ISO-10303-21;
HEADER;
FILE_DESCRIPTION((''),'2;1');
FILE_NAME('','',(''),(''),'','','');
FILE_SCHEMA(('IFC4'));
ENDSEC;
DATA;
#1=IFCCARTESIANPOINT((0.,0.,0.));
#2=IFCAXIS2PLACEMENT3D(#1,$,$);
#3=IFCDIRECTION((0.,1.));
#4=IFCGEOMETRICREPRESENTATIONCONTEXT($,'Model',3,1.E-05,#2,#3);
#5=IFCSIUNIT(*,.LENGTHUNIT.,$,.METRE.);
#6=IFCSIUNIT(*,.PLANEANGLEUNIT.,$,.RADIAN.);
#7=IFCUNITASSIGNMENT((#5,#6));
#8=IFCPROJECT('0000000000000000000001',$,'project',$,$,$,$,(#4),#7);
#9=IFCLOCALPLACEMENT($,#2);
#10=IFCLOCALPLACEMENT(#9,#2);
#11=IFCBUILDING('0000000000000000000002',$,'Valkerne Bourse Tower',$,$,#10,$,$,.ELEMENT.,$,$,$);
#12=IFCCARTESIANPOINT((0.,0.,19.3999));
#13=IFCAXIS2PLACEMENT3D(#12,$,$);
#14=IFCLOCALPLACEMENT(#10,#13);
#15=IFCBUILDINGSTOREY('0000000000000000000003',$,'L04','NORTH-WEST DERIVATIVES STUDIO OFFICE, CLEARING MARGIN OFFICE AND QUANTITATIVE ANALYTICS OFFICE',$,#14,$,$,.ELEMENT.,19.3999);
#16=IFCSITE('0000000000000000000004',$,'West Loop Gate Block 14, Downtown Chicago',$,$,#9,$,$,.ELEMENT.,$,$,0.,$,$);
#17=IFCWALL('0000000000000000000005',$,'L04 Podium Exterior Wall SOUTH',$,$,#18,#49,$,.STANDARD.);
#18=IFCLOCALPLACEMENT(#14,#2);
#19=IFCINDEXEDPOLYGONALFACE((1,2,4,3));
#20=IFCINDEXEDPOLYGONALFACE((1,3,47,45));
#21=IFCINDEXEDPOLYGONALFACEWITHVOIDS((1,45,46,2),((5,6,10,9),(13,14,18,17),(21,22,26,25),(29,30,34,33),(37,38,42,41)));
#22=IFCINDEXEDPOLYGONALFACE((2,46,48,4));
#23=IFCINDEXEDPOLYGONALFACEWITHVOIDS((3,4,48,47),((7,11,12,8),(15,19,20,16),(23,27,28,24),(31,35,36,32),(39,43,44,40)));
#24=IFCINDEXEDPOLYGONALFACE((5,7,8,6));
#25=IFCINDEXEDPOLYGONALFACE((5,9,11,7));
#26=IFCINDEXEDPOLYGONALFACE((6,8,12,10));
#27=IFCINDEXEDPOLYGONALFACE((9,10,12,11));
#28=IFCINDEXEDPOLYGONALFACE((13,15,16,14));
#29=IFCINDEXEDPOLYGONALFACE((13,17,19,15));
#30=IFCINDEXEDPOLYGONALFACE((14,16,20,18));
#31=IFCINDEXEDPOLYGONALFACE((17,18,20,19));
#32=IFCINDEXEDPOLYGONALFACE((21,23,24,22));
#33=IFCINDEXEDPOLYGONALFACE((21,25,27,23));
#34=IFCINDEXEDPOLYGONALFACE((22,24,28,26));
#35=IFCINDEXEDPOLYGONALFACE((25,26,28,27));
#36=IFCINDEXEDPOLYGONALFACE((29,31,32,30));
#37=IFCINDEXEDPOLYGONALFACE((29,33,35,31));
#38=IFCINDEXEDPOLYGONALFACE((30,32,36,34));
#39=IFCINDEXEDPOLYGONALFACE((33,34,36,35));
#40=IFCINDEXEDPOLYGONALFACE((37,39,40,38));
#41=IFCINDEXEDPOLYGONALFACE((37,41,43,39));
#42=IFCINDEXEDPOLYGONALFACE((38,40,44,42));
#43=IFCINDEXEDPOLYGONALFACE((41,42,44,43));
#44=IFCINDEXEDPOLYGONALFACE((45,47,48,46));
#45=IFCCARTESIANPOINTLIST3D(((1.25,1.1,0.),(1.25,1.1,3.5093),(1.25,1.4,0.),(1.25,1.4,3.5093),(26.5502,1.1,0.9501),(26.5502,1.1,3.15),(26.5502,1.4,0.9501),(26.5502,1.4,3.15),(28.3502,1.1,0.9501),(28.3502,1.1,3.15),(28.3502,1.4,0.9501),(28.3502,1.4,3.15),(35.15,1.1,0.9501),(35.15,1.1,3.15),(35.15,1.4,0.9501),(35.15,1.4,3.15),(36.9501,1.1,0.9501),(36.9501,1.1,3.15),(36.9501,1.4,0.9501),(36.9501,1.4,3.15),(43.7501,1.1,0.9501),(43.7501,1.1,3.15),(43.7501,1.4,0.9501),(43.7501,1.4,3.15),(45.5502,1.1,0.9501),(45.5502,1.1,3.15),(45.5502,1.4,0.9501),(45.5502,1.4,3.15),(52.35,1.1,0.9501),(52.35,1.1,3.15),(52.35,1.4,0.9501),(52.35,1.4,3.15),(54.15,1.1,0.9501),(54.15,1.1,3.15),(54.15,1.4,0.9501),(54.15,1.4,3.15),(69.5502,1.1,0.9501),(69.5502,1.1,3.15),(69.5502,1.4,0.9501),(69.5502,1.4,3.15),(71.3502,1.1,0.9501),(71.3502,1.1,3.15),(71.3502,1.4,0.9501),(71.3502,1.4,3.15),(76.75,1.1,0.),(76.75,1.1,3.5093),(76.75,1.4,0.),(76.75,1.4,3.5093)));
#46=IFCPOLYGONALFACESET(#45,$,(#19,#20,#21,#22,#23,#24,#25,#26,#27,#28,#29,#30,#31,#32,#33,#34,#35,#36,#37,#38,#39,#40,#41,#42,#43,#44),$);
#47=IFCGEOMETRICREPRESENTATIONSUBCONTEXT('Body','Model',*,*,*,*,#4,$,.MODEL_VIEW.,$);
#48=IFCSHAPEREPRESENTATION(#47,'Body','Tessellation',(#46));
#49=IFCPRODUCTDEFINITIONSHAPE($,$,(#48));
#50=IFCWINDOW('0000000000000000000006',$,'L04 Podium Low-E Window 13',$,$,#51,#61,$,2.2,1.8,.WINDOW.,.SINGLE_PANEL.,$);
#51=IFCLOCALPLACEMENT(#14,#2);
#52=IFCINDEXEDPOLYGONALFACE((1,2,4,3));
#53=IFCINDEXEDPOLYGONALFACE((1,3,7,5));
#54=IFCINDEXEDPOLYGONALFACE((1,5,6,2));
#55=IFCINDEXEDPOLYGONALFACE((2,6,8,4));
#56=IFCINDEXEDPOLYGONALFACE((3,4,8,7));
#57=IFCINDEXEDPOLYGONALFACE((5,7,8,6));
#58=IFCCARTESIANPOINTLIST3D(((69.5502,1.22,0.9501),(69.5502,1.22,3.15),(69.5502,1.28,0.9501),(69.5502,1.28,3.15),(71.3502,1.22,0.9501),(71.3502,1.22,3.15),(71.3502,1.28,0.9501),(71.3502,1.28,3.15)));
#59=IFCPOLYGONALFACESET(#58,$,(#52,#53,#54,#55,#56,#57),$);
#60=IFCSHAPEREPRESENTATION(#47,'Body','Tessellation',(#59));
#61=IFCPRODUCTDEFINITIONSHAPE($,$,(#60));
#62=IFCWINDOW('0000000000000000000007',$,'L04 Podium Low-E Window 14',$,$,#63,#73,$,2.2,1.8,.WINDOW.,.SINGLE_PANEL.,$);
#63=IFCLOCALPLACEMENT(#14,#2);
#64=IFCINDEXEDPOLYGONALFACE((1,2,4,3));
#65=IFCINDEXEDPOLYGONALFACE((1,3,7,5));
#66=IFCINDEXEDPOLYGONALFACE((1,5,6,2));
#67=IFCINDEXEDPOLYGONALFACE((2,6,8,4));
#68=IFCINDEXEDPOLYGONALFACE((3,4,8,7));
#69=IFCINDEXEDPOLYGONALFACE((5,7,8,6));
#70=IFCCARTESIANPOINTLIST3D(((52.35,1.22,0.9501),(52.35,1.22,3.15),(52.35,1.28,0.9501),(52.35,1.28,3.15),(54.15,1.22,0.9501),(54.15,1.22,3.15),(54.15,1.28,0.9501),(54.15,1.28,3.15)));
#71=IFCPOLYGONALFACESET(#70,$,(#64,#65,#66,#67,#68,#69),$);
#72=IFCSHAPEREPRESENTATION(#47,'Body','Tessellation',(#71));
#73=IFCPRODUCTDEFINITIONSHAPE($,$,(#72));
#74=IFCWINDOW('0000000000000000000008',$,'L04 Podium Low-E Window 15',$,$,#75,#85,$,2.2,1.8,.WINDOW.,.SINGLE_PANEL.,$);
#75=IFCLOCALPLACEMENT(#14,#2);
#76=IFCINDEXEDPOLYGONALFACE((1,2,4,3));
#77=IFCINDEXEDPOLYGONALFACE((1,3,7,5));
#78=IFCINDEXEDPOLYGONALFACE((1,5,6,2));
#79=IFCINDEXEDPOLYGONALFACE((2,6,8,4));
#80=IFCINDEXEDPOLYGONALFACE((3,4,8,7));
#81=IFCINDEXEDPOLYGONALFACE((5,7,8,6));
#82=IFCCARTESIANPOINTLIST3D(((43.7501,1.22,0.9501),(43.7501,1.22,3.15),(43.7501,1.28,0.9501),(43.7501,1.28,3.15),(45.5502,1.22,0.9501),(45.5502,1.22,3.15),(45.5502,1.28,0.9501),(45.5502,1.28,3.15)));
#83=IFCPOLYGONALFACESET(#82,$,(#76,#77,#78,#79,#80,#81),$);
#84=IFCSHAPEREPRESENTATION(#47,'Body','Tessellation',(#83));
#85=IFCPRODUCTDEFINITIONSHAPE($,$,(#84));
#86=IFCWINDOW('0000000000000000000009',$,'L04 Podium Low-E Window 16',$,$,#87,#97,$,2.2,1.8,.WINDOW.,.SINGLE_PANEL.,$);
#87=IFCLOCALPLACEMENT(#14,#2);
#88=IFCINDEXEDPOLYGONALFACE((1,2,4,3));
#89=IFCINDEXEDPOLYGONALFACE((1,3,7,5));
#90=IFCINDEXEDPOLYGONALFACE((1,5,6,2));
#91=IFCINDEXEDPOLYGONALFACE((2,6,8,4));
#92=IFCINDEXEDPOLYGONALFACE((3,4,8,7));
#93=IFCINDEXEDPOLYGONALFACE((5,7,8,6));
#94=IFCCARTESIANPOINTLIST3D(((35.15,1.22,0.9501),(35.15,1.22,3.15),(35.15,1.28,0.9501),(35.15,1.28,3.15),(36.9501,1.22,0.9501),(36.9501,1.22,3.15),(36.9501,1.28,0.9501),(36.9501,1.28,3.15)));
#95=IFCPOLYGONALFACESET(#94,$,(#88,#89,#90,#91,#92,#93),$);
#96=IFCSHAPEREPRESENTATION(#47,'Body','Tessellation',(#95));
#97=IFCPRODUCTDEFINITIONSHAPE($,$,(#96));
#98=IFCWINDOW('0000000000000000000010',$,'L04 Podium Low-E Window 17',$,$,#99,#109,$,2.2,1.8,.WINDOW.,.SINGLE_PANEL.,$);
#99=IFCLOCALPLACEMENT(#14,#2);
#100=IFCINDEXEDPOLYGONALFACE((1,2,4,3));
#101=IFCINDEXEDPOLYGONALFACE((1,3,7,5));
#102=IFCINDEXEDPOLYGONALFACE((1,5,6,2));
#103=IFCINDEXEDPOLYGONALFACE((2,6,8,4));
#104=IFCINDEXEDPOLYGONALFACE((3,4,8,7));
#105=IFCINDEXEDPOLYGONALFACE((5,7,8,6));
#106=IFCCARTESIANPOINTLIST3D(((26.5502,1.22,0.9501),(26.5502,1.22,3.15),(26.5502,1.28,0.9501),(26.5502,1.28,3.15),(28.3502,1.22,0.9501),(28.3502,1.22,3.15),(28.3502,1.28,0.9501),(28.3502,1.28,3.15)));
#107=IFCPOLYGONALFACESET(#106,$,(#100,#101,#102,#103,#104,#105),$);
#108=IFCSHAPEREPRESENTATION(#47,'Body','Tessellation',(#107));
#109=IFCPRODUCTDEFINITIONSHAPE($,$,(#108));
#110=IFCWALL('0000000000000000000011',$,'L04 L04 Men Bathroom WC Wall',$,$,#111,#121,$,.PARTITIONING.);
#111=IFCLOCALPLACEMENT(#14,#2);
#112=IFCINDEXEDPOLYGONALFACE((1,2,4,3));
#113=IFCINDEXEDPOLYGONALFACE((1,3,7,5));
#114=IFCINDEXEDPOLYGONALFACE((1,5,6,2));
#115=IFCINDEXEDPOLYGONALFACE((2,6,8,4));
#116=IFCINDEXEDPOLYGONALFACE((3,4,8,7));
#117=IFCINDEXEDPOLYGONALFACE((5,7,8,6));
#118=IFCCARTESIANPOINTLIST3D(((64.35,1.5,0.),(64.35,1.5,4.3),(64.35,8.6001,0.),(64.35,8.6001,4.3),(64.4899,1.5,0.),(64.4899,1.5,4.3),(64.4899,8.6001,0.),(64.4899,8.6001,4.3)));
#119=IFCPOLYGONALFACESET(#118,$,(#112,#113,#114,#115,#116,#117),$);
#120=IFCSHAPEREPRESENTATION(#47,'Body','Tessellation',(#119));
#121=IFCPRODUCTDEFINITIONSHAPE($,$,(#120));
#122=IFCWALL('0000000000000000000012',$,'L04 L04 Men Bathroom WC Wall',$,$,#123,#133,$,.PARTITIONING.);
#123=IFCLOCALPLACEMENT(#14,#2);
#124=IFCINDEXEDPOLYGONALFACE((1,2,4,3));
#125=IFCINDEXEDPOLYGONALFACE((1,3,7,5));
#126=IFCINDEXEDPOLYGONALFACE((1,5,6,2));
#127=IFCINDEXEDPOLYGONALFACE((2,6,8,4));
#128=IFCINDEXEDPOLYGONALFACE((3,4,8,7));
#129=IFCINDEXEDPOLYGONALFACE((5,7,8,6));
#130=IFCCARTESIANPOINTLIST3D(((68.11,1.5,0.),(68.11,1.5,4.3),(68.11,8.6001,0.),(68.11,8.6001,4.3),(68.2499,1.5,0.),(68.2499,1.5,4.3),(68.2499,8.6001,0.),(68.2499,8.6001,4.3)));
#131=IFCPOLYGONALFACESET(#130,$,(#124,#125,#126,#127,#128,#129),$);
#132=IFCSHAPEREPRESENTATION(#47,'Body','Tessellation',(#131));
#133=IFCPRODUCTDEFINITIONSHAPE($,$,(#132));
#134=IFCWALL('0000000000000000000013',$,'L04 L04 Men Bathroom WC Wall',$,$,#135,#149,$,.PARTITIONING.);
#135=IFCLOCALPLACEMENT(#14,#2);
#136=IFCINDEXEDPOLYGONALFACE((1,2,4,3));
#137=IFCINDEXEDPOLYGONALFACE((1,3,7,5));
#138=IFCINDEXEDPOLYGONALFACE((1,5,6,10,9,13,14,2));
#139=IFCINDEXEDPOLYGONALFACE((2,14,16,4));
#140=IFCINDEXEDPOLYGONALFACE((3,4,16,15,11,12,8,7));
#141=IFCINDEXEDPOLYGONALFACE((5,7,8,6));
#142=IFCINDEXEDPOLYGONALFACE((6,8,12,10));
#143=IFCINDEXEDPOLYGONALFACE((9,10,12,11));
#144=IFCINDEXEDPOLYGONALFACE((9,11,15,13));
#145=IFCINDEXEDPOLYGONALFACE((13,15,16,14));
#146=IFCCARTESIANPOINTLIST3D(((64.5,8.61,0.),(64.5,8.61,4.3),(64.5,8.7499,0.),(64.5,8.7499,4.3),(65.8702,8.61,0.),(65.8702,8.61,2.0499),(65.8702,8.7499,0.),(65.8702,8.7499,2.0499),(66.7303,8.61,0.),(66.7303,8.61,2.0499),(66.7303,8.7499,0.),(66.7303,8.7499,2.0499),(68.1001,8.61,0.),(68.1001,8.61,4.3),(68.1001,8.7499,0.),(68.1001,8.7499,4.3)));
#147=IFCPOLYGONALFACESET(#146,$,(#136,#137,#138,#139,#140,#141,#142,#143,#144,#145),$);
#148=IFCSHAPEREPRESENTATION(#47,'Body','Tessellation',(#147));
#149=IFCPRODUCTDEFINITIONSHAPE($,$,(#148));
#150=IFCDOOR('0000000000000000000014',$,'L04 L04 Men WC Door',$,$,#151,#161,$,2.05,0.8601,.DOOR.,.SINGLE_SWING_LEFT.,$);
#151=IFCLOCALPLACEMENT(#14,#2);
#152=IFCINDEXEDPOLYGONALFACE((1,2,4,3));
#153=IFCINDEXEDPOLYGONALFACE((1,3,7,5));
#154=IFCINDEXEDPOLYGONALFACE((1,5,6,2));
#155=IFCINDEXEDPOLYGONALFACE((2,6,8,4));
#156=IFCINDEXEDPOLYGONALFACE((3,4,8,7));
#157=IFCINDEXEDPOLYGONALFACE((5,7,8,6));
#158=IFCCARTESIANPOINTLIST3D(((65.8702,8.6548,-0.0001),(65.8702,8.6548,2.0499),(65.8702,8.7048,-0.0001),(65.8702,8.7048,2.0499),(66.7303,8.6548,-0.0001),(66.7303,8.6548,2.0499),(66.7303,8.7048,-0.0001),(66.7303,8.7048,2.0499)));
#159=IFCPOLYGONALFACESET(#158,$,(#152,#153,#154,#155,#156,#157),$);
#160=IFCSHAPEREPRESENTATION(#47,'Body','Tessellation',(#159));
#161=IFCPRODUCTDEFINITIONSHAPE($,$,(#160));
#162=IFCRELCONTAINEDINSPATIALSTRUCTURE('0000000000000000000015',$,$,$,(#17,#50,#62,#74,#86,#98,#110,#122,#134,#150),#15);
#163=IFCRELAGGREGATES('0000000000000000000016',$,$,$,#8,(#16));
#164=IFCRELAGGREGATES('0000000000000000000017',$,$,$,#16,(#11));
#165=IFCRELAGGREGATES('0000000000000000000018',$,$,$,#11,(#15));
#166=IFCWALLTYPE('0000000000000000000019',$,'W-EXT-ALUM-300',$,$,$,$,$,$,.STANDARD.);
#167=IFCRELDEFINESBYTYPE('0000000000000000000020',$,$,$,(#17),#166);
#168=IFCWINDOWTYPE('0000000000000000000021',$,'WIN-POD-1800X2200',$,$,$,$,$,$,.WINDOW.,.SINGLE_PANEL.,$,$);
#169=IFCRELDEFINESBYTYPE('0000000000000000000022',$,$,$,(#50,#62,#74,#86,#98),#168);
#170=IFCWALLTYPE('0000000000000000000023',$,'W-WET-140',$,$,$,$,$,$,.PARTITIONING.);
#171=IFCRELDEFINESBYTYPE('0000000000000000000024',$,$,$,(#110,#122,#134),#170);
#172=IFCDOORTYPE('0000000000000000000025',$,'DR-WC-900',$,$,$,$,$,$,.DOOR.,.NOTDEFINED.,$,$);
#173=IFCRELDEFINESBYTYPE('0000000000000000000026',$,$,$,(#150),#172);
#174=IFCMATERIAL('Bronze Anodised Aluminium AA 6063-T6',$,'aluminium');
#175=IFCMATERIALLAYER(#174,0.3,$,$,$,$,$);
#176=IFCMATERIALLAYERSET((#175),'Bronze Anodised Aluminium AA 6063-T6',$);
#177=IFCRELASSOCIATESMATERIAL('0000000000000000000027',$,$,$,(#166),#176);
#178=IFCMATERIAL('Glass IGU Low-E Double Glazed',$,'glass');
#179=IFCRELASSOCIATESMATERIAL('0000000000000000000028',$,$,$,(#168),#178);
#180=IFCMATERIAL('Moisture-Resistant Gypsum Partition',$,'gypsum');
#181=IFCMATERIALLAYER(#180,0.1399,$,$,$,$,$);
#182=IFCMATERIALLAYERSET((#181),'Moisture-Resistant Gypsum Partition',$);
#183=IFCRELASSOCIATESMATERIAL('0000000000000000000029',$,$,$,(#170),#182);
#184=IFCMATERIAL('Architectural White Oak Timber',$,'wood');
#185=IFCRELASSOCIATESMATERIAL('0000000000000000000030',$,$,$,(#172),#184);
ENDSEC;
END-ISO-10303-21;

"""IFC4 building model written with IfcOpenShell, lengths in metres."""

from ifc_helpers import new_model, si_unit, direction, frame, frame_2d, origin, place, context, subcontext, project, spatial, rectangle, extrude, material, layer, layer_set, type_object, element, fill, save


model = new_model("IFC4")

# Units and contexts
model_context = context("Model", 3, precision=1e-05, world=origin(), true_north=direction((0.0, 1.0)))
body_context = subcontext(model_context, "Body", "Model", "MODEL_VIEW")
ifc_project = project(units=[si_unit("LENGTHUNIT", "METRE"), si_unit("PLANEANGLEUNIT", "RADIAN")], contexts=[model_context])

# Site, building, storey
site_placement = place(None, origin())
site = spatial("IfcSite", under=ifc_project, at=site_placement, Name="West Loop Gate Block 14, Downtown Chicago", CompositionType="ELEMENT", RefElevation=0.0)
building_placement = place(site_placement, origin())
building = spatial("IfcBuilding", under=site, at=building_placement, Name="Valkerne Bourse Tower", CompositionType="ELEMENT")
storey_placement = place(building_placement, frame((0.0, 0.0, 19.3999)))
storey = spatial("IfcBuildingStorey", under=building, at=storey_placement, Name="L04", Description="NORTH-WEST DERIVATIVES STUDIO OFFICE, CLEARING MARGIN OFFICE AND QUANTITATIVE ANALYTICS OFFICE", CompositionType="ELEMENT", Elevation=19.3999)

# Wall, openings, windows
ifc_material_1 = material(Name="Bronze Anodised Aluminium AA 6063-T6", Category="aluminium")
ifc_layer_1 = layer(ifc_material_1, 0.3)
ifc_layer_set_1 = layer_set([ifc_layer_1], Name="Bronze Anodised Aluminium AA 6063-T6")
wall_type_1 = type_object("IfcWallType", Name="W-EXT-ALUM-300", PredefinedType="STANDARD", material=ifc_layer_set_1)
wall_1_placement = place(storey_placement, frame((76.75, 1.25, 0.0), z_axis=(0.0, 0.0, 1.0), x_axis=(-1.0, 0.0, 0.0)))
wall_1 = element("IfcWall", 1, at=wall_1_placement, inside=storey, type_object=wall_type_1, Name="L04 Podium Exterior Wall SOUTH", PredefinedType="STANDARD", context=body_context, shape_type="SweptSolid", body=[
    extrude(rectangle(XDim=75.5, YDim=0.3, at=frame_2d((37.75, 0.0))), origin(), (0.0, 0.0, 1.0), 3.5093),
])
opening_1_placement = place(wall_1_placement, frame((5.3999, 0.0, 0.95)))
opening_1 = element("IfcOpeningElement", 2, at=opening_1_placement, cuts=wall_1, PredefinedType="OPENING", context=body_context, shape_type="SweptSolid", body=[
    extrude(rectangle(XDim=1.8, YDim=2.2, at=frame_2d((0.8999, 1.1001))), frame((0.0, 0.1599, 0.0), z_axis=(0.0, -1.0, 0.0), x_axis=(1.0, 0.0, 0.0)), (0.0, 0.0, 1.0), 0.3201),
])
opening_2_placement = place(wall_1_placement, frame((22.6001, 0.0, 0.95)))
opening_2 = element("IfcOpeningElement", 3, at=opening_2_placement, cuts=wall_1, PredefinedType="OPENING", context=body_context, shape_type="SweptSolid", body=[
    extrude(rectangle(XDim=1.8, YDim=2.2, at=frame_2d((0.8999, 1.1001))), frame((0.0, 0.1599, 0.0), z_axis=(0.0, -1.0, 0.0), x_axis=(1.0, 0.0, 0.0)), (0.0, 0.0, 1.0), 0.3201),
])
opening_3_placement = place(wall_1_placement, frame((31.2, 0.0, 0.95)))
opening_3 = element("IfcOpeningElement", 4, at=opening_3_placement, cuts=wall_1, PredefinedType="OPENING", context=body_context, shape_type="SweptSolid", body=[
    extrude(rectangle(XDim=1.8, YDim=2.2, at=frame_2d((0.8999, 1.1001))), frame((0.0, 0.1599, 0.0), z_axis=(0.0, -1.0, 0.0), x_axis=(1.0, 0.0, 0.0)), (0.0, 0.0, 1.0), 0.3201),
])
opening_4_placement = place(wall_1_placement, frame((39.8, 0.0, 0.95)))
opening_4 = element("IfcOpeningElement", 5, at=opening_4_placement, cuts=wall_1, PredefinedType="OPENING", context=body_context, shape_type="SweptSolid", body=[
    extrude(rectangle(XDim=1.8, YDim=2.2, at=frame_2d((0.8999, 1.1001))), frame((0.0, 0.1599, 0.0), z_axis=(0.0, -1.0, 0.0), x_axis=(1.0, 0.0, 0.0)), (0.0, 0.0, 1.0), 0.3201),
])
opening_5_placement = place(wall_1_placement, frame((48.3999, 0.0, 0.95)))
opening_5 = element("IfcOpeningElement", 6, at=opening_5_placement, cuts=wall_1, PredefinedType="OPENING", context=body_context, shape_type="SweptSolid", body=[
    extrude(rectangle(XDim=1.8, YDim=2.2, at=frame_2d((0.8999, 1.1001))), frame((0.0, 0.1599, 0.0), z_axis=(0.0, -1.0, 0.0), x_axis=(1.0, 0.0, 0.0)), (0.0, 0.0, 1.0), 0.3201),
])
ifc_material_2 = material(Name="Glass IGU Low-E Double Glazed", Category="glass")
window_type = type_object("IfcWindowType", Name="WIN-POD-1800X2200", PartitioningType="SINGLE_PANEL", PredefinedType="WINDOW", material=ifc_material_2)
window_1_placement = place(opening_1_placement, origin())
window_1 = element("IfcWindow", 7, at=window_1_placement, inside=storey, type_object=window_type, Name="L04 Podium Low-E Window 13", OverallHeight=2.2, OverallWidth=1.8, PartitioningType="SINGLE_PANEL", PredefinedType="WINDOW", context=body_context, shape_type="SweptSolid", body=[
    extrude(rectangle(XDim=1.8, YDim=2.2, at=frame_2d((0.8999, 1.1001))), frame((0.0, 0.03, 0.0), z_axis=(0.0, -1.0, 0.0), x_axis=(1.0, 0.0, 0.0)), (0.0, 0.0, 1.0), 0.0601),
])
fill(opening_1, window_1)
window_2_placement = place(opening_2_placement, origin())
window_2 = element("IfcWindow", 8, at=window_2_placement, inside=storey, type_object=window_type, Name="L04 Podium Low-E Window 14", OverallHeight=2.2, OverallWidth=1.8, PartitioningType="SINGLE_PANEL", PredefinedType="WINDOW", context=body_context, shape_type="SweptSolid", body=[
    extrude(rectangle(XDim=1.8, YDim=2.2, at=frame_2d((0.8999, 1.1001))), frame((0.0, 0.03, 0.0), z_axis=(0.0, -1.0, 0.0), x_axis=(1.0, 0.0, 0.0)), (0.0, 0.0, 1.0), 0.0601),
])
fill(opening_2, window_2)
window_3_placement = place(opening_3_placement, origin())
window_3 = element("IfcWindow", 9, at=window_3_placement, inside=storey, type_object=window_type, Name="L04 Podium Low-E Window 15", OverallHeight=2.2, OverallWidth=1.8, PartitioningType="SINGLE_PANEL", PredefinedType="WINDOW", context=body_context, shape_type="SweptSolid", body=[
    extrude(rectangle(XDim=1.8, YDim=2.2, at=frame_2d((0.8999, 1.1001))), frame((0.0, 0.03, 0.0), z_axis=(0.0, -1.0, 0.0), x_axis=(1.0, 0.0, 0.0)), (0.0, 0.0, 1.0), 0.0601),
])
fill(opening_3, window_3)
window_4_placement = place(opening_4_placement, origin())
window_4 = element("IfcWindow", 10, at=window_4_placement, inside=storey, type_object=window_type, Name="L04 Podium Low-E Window 16", OverallHeight=2.2, OverallWidth=1.8, PartitioningType="SINGLE_PANEL", PredefinedType="WINDOW", context=body_context, shape_type="SweptSolid", body=[
    extrude(rectangle(XDim=1.8, YDim=2.2, at=frame_2d((0.8999, 1.1001))), frame((0.0, 0.03, 0.0), z_axis=(0.0, -1.0, 0.0), x_axis=(1.0, 0.0, 0.0)), (0.0, 0.0, 1.0), 0.0601),
])
fill(opening_4, window_4)
window_5_placement = place(opening_5_placement, origin())
window_5 = element("IfcWindow", 11, at=window_5_placement, inside=storey, type_object=window_type, Name="L04 Podium Low-E Window 17", OverallHeight=2.2, OverallWidth=1.8, PartitioningType="SINGLE_PANEL", PredefinedType="WINDOW", context=body_context, shape_type="SweptSolid", body=[
    extrude(rectangle(XDim=1.8, YDim=2.2, at=frame_2d((0.8999, 1.1001))), frame((0.0, 0.03, 0.0), z_axis=(0.0, -1.0, 0.0), x_axis=(1.0, 0.0, 0.0)), (0.0, 0.0, 1.0), 0.0601),
])
fill(opening_5, window_5)

# Walls
ifc_material_3 = material(Name="Moisture-Resistant Gypsum Partition", Category="gypsum")
ifc_layer_2 = layer(ifc_material_3, 0.1399)
ifc_layer_set_2 = layer_set([ifc_layer_2], Name="Moisture-Resistant Gypsum Partition")
wall_type_2 = type_object("IfcWallType", Name="W-WET-140", PredefinedType="PARTITIONING", material=ifc_layer_set_2)
for number, where, z_axis, x_axis, name in (
    (12, (64.4199, 1.5, 0.0), (0.0, 0.0, 1.0), (0.0, 1.0, 0.0), "L04 L04 Men Bathroom WC Wall"),
    (13, (68.1799, 1.5, 0.0), (0.0, 0.0, 1.0), (0.0, 1.0, 0.0), "L04 L04 Men Bathroom WC Wall"),
):
    element("IfcWall", number, at=place(storey_placement, frame(where, z_axis=z_axis, x_axis=x_axis)), inside=storey, type_object=wall_type_2, Name=name, PredefinedType="PARTITIONING", context=body_context, shape_type="SweptSolid", body=[
        extrude(rectangle(XDim=7.1001, YDim=0.1399, at=frame_2d((3.55, 0.0))), origin(), (0.0, 0.0, 1.0), 4.3),
    ])

# Wall, opening, door
wall_2_placement = place(storey_placement, frame((64.5, 8.6799, 0.0), z_axis=(0.0, 0.0, 1.0), x_axis=(1.0, 0.0, 0.0)))
wall_2 = element("IfcWall", 14, at=wall_2_placement, inside=storey, type_object=wall_type_2, Name="L04 L04 Men Bathroom WC Wall", PredefinedType="PARTITIONING", context=body_context, shape_type="SweptSolid", body=[
    extrude(rectangle(XDim=3.6001, YDim=0.1399, at=frame_2d((1.8, 0.0))), origin(), (0.0, 0.0, 1.0), 4.3),
])
opening_6_placement = place(wall_2_placement, frame((1.3701, 0.0, 0.0)))
opening_6 = element("IfcOpeningElement", 15, at=opening_6_placement, cuts=wall_2, PredefinedType="OPENING", context=body_context, shape_type="SweptSolid", body=[
    extrude(rectangle(XDim=0.8601, YDim=2.05, at=frame_2d((0.4302, 1.0249))), frame((0.0, 0.0798, 0.0), z_axis=(0.0, -1.0, 0.0), x_axis=(1.0, 0.0, 0.0)), (0.0, 0.0, 1.0), 0.1599),
])
ifc_material_4 = material(Name="Architectural White Oak Timber", Category="wood")
door_type = type_object("IfcDoorType", Name="DR-WC-900", OperationType="NOTDEFINED", PredefinedType="DOOR", material=ifc_material_4)
door_1_placement = place(opening_6_placement, origin())
door_1 = element("IfcDoor", 16, at=door_1_placement, inside=storey, type_object=door_type, Name="L04 L04 Men WC Door", OperationType="SINGLE_SWING_LEFT", OverallHeight=2.05, OverallWidth=0.8601, PredefinedType="DOOR", context=body_context, shape_type="SweptSolid", body=[
    extrude(rectangle(XDim=0.8601, YDim=2.05, at=frame_2d((0.4302, 1.0249))), frame((0.0, 0.0249, 0.0), z_axis=(0.0, -1.0, 0.0), x_axis=(1.0, 0.0, 0.0)), (0.0, 0.0, 1.0), 0.05),
])
fill(opening_6, door_1)

save(model, "model.ifc")
